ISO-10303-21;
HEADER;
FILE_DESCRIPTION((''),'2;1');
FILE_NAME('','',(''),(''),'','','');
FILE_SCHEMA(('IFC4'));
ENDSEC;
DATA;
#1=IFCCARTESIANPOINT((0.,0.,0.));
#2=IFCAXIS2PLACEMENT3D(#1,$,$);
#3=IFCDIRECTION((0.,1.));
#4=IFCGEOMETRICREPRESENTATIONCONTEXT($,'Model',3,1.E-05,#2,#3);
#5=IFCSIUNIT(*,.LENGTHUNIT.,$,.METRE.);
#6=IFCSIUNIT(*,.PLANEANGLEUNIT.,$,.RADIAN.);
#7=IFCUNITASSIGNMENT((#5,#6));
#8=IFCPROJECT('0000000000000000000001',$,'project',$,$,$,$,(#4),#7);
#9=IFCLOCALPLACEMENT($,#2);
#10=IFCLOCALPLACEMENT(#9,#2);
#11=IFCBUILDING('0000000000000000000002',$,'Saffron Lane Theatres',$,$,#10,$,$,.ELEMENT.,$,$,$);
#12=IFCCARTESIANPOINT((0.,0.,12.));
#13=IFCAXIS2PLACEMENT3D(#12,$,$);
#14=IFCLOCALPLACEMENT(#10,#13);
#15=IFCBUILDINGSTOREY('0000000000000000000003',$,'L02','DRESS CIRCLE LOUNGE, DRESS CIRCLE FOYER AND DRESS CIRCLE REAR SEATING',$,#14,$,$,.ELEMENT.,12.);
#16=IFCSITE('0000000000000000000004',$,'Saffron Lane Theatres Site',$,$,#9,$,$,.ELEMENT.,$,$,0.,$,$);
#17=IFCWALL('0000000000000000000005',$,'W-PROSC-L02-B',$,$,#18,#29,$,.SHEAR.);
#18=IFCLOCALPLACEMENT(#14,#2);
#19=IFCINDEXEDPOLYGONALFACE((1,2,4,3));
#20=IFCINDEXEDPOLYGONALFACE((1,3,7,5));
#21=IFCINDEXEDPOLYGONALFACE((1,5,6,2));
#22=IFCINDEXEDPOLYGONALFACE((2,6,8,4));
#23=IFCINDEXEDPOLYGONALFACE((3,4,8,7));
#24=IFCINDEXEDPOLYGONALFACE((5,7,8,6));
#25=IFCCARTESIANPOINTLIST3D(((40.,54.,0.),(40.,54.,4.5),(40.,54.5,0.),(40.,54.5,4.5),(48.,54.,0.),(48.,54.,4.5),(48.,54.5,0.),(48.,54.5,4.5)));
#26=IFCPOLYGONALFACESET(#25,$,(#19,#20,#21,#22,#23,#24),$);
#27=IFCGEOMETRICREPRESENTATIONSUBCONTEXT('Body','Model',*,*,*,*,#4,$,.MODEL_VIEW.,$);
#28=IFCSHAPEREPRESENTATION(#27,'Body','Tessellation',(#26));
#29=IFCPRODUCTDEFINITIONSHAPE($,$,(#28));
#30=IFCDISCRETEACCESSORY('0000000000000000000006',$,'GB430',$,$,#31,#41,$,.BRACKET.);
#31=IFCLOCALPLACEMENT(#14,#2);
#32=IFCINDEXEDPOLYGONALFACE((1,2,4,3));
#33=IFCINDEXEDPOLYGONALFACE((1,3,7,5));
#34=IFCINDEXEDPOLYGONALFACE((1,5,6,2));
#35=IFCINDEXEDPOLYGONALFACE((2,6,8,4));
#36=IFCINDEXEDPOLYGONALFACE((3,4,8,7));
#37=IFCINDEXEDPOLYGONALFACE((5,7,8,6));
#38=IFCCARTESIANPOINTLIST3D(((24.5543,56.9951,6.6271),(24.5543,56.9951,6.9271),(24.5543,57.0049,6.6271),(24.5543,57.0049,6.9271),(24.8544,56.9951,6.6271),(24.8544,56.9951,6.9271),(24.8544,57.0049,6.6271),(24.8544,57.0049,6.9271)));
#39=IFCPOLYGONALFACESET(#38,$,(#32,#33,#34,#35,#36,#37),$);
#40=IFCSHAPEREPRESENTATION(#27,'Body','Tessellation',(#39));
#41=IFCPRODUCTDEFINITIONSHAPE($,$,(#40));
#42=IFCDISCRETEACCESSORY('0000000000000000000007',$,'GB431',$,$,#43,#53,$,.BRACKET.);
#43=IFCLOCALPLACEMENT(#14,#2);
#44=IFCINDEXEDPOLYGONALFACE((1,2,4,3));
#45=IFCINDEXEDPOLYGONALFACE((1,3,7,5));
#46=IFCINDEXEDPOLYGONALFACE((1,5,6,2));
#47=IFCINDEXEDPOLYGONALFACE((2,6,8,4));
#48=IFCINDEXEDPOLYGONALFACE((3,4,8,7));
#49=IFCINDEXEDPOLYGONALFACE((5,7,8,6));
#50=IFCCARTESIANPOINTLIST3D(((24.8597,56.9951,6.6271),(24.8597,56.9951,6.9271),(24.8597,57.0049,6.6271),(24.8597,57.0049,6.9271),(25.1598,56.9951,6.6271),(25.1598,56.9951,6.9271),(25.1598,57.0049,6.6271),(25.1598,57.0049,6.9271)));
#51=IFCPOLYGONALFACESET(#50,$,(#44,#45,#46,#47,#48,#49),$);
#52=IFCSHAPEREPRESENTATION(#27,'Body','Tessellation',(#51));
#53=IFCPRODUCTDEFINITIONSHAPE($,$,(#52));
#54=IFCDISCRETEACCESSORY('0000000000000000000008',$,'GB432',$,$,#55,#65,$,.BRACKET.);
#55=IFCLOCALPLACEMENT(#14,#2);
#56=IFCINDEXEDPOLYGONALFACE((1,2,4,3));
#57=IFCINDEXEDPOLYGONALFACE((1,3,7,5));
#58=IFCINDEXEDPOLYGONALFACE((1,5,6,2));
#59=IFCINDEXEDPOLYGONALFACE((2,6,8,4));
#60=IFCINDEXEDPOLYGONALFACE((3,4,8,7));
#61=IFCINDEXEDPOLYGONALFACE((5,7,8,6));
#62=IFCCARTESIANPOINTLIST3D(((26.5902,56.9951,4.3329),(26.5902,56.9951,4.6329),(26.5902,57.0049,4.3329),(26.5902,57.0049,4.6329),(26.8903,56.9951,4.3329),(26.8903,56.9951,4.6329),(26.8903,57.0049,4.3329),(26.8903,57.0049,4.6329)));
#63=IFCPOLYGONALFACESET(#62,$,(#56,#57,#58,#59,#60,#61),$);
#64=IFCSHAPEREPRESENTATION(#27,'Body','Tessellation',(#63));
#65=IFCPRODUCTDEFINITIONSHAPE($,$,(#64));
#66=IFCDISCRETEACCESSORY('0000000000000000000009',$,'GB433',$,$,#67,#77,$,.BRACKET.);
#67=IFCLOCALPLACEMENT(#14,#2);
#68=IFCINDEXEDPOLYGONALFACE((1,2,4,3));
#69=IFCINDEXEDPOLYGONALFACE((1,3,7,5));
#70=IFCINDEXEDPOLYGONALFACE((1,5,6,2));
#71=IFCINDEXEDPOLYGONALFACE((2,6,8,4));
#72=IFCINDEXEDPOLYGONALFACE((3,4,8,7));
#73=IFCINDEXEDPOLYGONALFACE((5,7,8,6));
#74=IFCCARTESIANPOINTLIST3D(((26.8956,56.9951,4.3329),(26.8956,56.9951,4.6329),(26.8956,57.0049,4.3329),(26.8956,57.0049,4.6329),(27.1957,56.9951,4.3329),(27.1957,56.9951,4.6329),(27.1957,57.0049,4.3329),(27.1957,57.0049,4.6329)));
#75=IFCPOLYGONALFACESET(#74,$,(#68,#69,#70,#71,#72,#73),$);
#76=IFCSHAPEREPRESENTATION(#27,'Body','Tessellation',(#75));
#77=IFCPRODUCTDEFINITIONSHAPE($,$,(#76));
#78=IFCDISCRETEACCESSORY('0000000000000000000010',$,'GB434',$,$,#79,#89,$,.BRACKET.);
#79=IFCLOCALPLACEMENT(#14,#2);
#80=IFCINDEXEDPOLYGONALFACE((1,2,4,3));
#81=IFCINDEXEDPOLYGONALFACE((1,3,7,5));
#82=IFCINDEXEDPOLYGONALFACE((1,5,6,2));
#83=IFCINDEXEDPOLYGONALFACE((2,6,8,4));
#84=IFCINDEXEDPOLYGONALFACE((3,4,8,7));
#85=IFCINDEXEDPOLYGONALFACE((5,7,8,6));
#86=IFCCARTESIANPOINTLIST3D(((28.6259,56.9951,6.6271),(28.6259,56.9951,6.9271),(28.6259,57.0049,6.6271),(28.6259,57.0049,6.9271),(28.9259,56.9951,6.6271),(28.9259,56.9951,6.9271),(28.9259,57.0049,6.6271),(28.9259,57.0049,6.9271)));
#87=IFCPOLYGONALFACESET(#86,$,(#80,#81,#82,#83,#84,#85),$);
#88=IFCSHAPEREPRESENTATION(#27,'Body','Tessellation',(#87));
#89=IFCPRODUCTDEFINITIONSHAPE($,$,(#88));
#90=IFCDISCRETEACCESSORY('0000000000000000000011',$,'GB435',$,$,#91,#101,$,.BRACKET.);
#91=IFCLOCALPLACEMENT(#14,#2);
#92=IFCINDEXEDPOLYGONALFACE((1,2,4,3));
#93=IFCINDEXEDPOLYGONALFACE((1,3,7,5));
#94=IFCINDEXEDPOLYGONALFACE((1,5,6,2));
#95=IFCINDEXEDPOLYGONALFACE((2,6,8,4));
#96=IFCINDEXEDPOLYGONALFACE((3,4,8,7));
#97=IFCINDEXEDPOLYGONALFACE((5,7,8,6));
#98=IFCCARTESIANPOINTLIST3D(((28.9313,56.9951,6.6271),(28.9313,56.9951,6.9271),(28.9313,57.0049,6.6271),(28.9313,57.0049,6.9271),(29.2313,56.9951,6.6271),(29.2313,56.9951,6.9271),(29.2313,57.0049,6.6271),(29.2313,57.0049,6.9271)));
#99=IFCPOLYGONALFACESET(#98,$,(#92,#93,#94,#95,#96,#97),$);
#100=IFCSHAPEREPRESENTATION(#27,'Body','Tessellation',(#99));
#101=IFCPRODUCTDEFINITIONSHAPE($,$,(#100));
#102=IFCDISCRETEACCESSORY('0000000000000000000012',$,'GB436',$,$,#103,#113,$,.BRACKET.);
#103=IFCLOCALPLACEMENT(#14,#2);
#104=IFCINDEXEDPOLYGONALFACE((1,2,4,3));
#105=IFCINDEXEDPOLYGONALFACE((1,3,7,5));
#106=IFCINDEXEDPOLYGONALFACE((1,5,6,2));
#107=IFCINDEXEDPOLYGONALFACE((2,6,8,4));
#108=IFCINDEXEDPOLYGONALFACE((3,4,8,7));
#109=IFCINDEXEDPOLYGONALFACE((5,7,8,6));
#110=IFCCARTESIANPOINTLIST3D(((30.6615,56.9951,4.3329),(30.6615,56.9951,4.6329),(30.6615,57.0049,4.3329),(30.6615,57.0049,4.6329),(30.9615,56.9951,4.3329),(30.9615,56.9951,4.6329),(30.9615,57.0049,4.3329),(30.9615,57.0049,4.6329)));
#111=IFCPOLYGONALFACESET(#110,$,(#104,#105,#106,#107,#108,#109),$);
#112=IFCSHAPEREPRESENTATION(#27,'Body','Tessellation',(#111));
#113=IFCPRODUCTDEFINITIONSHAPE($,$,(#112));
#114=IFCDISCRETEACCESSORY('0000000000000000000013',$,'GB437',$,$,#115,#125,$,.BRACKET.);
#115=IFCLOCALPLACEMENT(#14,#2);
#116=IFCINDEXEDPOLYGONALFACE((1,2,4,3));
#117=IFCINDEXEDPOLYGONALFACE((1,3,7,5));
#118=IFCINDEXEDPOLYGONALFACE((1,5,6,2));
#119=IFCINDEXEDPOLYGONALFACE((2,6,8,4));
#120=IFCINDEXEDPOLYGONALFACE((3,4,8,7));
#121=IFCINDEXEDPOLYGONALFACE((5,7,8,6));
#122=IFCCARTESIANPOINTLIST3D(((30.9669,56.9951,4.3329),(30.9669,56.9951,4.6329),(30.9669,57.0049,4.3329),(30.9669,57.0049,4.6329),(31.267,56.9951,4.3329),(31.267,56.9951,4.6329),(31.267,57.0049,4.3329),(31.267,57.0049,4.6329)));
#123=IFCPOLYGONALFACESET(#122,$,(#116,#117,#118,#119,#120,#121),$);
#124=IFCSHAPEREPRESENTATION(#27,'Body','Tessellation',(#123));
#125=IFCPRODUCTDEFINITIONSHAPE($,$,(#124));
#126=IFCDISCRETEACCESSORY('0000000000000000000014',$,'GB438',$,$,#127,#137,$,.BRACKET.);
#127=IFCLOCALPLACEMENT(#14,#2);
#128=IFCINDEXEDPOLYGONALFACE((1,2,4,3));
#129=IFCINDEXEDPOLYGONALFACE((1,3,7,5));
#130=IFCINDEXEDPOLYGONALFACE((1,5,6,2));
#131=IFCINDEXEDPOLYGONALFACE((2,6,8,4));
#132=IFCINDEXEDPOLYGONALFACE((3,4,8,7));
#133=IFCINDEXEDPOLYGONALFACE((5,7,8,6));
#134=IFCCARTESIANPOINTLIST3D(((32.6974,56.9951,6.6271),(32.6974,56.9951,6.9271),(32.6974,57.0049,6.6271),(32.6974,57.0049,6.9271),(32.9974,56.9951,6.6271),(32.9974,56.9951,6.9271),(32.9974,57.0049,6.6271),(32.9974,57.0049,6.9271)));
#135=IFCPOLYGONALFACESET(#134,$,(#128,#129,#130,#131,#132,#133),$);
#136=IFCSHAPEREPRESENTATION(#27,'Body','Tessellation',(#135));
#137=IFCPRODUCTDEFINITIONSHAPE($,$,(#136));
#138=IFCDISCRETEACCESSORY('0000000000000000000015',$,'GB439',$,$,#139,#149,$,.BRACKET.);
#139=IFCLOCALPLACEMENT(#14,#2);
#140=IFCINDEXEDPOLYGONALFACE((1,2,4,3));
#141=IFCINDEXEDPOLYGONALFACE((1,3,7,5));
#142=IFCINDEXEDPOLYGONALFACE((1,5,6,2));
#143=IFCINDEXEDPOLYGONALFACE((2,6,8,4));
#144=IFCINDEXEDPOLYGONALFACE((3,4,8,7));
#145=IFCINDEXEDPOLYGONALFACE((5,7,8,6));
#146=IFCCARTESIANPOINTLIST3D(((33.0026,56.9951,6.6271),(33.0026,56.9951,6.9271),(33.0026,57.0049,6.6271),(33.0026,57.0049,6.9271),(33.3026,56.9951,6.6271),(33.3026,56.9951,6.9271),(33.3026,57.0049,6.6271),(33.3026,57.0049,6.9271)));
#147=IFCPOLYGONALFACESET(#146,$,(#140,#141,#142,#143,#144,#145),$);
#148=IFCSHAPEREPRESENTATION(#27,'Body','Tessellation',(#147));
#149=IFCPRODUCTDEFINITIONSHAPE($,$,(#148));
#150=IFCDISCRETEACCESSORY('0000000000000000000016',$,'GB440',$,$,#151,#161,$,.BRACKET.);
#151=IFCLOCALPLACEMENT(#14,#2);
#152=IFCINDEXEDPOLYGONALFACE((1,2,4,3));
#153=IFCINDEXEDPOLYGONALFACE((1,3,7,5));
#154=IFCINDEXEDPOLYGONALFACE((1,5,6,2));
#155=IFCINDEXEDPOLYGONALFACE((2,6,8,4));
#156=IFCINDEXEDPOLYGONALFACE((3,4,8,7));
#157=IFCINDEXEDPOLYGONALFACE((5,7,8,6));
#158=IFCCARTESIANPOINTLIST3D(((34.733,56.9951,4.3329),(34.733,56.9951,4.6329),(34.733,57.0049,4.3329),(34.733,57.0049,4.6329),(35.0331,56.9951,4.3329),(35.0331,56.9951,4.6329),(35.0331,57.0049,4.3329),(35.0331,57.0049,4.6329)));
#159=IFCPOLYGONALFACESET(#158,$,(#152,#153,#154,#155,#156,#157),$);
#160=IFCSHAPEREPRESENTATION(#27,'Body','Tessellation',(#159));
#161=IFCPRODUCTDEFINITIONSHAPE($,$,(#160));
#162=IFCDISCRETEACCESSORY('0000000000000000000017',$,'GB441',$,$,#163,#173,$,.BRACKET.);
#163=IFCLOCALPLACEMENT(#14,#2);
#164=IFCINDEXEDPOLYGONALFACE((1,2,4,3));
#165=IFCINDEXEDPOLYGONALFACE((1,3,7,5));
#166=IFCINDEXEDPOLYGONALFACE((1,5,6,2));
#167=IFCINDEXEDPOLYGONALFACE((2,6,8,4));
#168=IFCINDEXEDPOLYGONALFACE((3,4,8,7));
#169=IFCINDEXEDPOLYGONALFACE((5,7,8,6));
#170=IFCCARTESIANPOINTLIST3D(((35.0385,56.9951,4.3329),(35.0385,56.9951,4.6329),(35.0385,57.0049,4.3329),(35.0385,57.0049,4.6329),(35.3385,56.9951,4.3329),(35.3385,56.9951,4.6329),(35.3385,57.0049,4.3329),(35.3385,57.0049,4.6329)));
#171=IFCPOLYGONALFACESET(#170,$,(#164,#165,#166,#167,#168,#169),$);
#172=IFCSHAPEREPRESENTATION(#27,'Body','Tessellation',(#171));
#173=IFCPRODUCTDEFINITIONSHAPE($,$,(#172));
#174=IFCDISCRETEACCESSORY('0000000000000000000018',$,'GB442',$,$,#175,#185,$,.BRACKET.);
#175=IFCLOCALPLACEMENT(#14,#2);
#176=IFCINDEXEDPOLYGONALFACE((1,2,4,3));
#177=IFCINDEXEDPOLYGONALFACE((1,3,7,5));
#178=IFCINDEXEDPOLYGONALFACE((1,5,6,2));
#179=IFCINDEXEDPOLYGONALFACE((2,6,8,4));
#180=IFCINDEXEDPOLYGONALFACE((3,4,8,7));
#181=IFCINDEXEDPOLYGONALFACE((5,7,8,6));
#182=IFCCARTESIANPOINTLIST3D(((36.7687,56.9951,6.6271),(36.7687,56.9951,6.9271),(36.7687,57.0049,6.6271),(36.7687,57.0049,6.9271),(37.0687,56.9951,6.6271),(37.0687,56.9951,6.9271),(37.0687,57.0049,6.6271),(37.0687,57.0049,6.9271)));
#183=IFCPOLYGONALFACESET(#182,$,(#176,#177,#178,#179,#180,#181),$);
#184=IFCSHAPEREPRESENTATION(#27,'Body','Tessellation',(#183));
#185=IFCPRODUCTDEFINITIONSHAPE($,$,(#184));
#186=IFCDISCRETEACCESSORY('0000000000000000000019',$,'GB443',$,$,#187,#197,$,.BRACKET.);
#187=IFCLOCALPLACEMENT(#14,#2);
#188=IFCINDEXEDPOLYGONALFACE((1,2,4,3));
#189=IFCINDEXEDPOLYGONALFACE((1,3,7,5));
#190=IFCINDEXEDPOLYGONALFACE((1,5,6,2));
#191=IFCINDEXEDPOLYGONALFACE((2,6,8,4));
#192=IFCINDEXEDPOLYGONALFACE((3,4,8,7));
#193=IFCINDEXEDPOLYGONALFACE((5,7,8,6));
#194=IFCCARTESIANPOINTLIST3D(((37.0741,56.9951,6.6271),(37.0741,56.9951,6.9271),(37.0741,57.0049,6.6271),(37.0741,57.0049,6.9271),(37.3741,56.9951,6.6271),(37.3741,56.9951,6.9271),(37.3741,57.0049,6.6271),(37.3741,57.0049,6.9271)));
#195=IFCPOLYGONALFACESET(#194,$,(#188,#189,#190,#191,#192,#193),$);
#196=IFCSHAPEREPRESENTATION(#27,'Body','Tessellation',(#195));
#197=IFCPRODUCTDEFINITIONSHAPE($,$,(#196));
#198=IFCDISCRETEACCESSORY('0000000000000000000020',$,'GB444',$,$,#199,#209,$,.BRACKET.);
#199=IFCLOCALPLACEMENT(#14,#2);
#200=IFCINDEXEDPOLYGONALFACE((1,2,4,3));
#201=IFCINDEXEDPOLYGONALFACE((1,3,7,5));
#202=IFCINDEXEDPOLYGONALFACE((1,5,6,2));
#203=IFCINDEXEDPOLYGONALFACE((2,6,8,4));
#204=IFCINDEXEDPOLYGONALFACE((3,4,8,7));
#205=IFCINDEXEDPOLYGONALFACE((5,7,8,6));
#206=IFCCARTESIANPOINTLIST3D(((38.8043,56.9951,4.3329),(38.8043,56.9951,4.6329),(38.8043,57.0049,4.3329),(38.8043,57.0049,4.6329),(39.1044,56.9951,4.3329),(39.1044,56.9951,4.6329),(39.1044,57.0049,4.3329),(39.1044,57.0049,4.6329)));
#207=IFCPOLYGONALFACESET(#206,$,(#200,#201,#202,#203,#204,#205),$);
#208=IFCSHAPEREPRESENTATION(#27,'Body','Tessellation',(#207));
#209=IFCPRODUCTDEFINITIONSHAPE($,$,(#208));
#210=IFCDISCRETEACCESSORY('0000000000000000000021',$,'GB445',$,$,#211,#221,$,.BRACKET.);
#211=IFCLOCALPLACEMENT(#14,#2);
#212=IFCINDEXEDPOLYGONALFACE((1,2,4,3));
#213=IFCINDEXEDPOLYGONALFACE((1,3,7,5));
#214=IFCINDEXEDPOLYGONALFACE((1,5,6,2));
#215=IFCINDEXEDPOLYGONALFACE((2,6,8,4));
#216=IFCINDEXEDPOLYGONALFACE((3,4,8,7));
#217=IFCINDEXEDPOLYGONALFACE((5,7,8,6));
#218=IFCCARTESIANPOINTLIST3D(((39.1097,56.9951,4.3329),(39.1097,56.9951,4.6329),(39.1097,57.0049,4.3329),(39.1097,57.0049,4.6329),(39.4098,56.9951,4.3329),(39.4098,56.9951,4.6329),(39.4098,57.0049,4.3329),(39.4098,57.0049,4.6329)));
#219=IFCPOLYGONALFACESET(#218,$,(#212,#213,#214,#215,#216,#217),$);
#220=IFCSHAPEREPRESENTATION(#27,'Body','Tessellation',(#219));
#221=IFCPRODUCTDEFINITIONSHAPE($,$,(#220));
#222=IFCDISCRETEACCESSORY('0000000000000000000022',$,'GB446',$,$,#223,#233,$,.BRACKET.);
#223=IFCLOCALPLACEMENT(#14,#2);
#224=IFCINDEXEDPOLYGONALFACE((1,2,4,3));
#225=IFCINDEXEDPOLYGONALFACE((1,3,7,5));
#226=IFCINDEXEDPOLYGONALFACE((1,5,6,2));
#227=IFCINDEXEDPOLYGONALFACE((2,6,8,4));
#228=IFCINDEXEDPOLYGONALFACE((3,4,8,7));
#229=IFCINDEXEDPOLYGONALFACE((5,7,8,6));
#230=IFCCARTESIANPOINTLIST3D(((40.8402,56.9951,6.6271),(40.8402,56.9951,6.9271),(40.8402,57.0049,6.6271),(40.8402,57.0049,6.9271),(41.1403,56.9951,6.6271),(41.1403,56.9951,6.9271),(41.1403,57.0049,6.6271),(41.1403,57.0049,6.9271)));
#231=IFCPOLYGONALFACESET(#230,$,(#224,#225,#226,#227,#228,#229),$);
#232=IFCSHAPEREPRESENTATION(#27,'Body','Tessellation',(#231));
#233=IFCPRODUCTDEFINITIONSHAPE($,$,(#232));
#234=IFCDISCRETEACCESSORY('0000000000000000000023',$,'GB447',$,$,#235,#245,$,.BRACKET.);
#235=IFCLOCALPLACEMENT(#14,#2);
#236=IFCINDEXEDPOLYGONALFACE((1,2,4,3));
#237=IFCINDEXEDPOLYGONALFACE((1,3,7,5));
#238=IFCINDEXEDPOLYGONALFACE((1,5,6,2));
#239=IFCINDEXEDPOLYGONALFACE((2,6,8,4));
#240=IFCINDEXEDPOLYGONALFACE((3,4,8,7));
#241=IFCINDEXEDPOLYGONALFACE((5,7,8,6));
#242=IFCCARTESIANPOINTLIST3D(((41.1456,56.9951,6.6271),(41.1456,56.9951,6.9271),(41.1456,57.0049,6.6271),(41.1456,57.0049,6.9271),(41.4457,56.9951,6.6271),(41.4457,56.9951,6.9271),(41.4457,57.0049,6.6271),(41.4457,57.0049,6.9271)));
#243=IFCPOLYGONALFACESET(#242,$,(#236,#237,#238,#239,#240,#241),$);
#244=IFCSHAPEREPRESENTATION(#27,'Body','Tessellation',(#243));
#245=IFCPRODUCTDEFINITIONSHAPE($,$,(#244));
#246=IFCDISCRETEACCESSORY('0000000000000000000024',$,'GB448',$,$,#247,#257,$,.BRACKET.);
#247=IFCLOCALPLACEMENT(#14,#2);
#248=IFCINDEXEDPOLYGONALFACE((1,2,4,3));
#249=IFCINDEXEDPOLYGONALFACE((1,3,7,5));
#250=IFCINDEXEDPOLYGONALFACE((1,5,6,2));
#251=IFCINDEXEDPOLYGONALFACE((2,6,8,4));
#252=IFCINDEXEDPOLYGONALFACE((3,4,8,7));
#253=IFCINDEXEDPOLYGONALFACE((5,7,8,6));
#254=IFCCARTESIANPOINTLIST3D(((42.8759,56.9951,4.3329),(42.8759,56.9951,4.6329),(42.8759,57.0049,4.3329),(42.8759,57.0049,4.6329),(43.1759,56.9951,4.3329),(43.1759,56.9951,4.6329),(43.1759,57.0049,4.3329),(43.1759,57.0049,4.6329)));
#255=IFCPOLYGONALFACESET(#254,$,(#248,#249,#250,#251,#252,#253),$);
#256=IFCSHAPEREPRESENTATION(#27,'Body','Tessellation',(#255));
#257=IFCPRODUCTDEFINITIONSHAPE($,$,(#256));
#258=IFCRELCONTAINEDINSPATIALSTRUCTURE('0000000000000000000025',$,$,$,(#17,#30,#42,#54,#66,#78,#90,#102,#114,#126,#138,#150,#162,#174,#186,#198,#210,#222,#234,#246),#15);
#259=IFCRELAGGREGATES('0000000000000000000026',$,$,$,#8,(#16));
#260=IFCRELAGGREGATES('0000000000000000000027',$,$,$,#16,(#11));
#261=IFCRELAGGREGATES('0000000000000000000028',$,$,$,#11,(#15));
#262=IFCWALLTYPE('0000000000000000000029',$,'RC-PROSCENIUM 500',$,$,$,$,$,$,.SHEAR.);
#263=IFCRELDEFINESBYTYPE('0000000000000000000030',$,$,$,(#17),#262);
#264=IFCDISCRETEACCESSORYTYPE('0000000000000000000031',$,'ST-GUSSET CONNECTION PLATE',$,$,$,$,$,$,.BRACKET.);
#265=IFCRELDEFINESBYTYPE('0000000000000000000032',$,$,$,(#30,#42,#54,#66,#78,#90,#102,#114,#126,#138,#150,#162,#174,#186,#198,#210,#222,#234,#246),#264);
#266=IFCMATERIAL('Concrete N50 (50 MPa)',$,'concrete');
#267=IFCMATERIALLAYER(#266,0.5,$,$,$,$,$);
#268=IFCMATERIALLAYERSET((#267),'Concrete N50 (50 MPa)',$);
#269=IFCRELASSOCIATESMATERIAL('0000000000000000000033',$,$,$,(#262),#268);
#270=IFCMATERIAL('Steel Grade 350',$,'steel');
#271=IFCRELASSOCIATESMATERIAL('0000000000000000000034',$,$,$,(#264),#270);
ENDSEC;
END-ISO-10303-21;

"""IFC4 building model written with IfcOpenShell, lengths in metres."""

from ifc_helpers import new_model, si_unit, direction, frame, frame_2d, origin, origin_2d, place, context, subcontext, project, spatial, rectangle, extrude, material, layer, layer_set, material_profile, profile_set, type_object, element, save


model = new_model("IFC4")

# Units and contexts
model_context = context("Model", 3, precision=1e-05, world=origin(), true_north=direction((0.0, 1.0)))
body_context = subcontext(model_context, "Body", "Model", "MODEL_VIEW")
ifc_project = project(units=[si_unit("LENGTHUNIT", "METRE"), si_unit("PLANEANGLEUNIT", "RADIAN")], contexts=[model_context])

# Site, building, storey
site_placement = place(None, origin())
site = spatial("IfcSite", under=ifc_project, at=site_placement, Name="Saffron Lane Theatres Site", CompositionType="ELEMENT", RefElevation=0.0)
building_placement = place(site_placement, origin())
building = spatial("IfcBuilding", under=site, at=building_placement, Name="Saffron Lane Theatres", CompositionType="ELEMENT")
storey_placement = place(building_placement, frame((0.0, 0.0, 12.0)))
storey = spatial("IfcBuildingStorey", under=building, at=storey_placement, Name="L02", Description="DRESS CIRCLE LOUNGE, DRESS CIRCLE FOYER AND DRESS CIRCLE REAR SEATING", CompositionType="ELEMENT", Elevation=12.0)

# Wall
ifc_material_1 = material(Name="Concrete N50 (50 MPa)", Category="concrete")
ifc_layer_1 = layer(ifc_material_1, 0.5)
ifc_layer_set_1 = layer_set([ifc_layer_1], Name="Concrete N50 (50 MPa)")
wall_type = type_object("IfcWallType", Name="RC-PROSCENIUM 500", PredefinedType="SHEAR", material=ifc_layer_set_1)
wall_placement = place(storey_placement, frame((40.0, 54.25, 0.0), z_axis=(0.0, 0.0, 1.0), x_axis=(1.0, 0.0, 0.0)))
element("IfcWall", 1, at=wall_placement, inside=storey, type_object=wall_type, Name="W-PROSC-L02-B", PredefinedType="SHEAR", context=body_context, shape_type="SweptSolid", body=[
    extrude(rectangle(XDim=8.0, YDim=0.5, at=frame_2d((4.0, 0.0))), origin(), (0.0, 0.0, 1.0), 4.5),
])

# Discrete accessories
ifc_material_2 = material(Name="Steel Grade 350", Category="steel")
ifc_material_profile_1 = material_profile(ifc_material_2, rectangle(XDim=0.3, YDim=0.3, at=origin_2d()))
ifc_profile_set_1 = profile_set([ifc_material_profile_1], Name="Steel Grade 350")
discrete_accessory_type = type_object("IfcDiscreteAccessoryType", Name="ST-GUSSET CONNECTION PLATE", PredefinedType="BRACKET", material=ifc_profile_set_1)
for number, where, z_axis, x_axis, name in (
    (2, (24.7043, 56.9951, 6.7771), (0.0, 1.0, 0.0), (-1.0, 0.0, 0.0), "GB430"),
    (3, (25.0098, 56.9951, 6.7771), (0.0, 1.0, 0.0), (-1.0, 0.0, 0.0), "GB431"),
    (4, (26.7402, 56.9951, 4.4829), (0.0, 1.0, 0.0), (-1.0, 0.0, 0.0), "GB432"),
    (5, (27.0457, 56.9951, 4.4829), (0.0, 1.0, 0.0), (-1.0, 0.0, 0.0), "GB433"),
    (6, (28.7759, 56.9951, 6.7771), (0.0, 1.0, 0.0), (-1.0, 0.0, 0.0), "GB434"),
    (7, (29.0813, 56.9951, 6.7771), (0.0, 1.0, 0.0), (-1.0, 0.0, 0.0), "GB435"),
    (8, (30.8115, 56.9951, 4.4829), (0.0, 1.0, 0.0), (-1.0, 0.0, 0.0), "GB436"),
    (9, (31.1169, 56.9951, 4.4829), (0.0, 1.0, 0.0), (-1.0, 0.0, 0.0), "GB437"),
    (10, (32.8474, 56.9951, 6.7771), (0.0, 1.0, 0.0), (-1.0, 0.0, 0.0), "GB438"),
    (11, (33.1526, 56.9951, 6.7771), (0.0, 1.0, 0.0), (-1.0, 0.0, 0.0), "GB439"),
    (12, (34.8831, 56.9951, 4.4829), (0.0, 1.0, 0.0), (-1.0, 0.0, 0.0), "GB440"),
    (13, (35.1885, 56.9951, 4.4829), (0.0, 1.0, 0.0), (-1.0, 0.0, 0.0), "GB441"),
    (14, (36.9187, 56.9951, 6.7771), (0.0, 1.0, 0.0), (-1.0, 0.0, 0.0), "GB442"),
    (15, (37.2241, 56.9951, 6.7771), (0.0, 1.0, 0.0), (-1.0, 0.0, 0.0), "GB443"),
    (16, (38.9543, 56.9951, 4.4829), (0.0, 1.0, 0.0), (-1.0, 0.0, 0.0), "GB444"),
    (17, (39.2598, 56.9951, 4.4829), (0.0, 1.0, 0.0), (-1.0, 0.0, 0.0), "GB445"),
    (18, (40.9902, 56.9951, 6.7771), (0.0, 1.0, 0.0), (-1.0, 0.0, 0.0), "GB446"),
    (19, (41.2957, 56.9951, 6.7771), (0.0, 1.0, 0.0), (-1.0, 0.0, 0.0), "GB447"),
    (20, (43.0259, 56.9951, 4.4829), (0.0, 1.0, 0.0), (-1.0, 0.0, 0.0), "GB448"),
):
    element("IfcDiscreteAccessory", number, at=place(storey_placement, frame(where, z_axis=z_axis, x_axis=x_axis)), inside=storey, type_object=discrete_accessory_type, Name=name, PredefinedType="BRACKET", context=body_context, shape_type="SweptSolid", body=[
        extrude(rectangle(XDim=0.3, YDim=0.3, at=origin_2d()), origin(), (0.0, 0.0, 1.0), 0.0098),
    ])

save(model, "model.ifc")
